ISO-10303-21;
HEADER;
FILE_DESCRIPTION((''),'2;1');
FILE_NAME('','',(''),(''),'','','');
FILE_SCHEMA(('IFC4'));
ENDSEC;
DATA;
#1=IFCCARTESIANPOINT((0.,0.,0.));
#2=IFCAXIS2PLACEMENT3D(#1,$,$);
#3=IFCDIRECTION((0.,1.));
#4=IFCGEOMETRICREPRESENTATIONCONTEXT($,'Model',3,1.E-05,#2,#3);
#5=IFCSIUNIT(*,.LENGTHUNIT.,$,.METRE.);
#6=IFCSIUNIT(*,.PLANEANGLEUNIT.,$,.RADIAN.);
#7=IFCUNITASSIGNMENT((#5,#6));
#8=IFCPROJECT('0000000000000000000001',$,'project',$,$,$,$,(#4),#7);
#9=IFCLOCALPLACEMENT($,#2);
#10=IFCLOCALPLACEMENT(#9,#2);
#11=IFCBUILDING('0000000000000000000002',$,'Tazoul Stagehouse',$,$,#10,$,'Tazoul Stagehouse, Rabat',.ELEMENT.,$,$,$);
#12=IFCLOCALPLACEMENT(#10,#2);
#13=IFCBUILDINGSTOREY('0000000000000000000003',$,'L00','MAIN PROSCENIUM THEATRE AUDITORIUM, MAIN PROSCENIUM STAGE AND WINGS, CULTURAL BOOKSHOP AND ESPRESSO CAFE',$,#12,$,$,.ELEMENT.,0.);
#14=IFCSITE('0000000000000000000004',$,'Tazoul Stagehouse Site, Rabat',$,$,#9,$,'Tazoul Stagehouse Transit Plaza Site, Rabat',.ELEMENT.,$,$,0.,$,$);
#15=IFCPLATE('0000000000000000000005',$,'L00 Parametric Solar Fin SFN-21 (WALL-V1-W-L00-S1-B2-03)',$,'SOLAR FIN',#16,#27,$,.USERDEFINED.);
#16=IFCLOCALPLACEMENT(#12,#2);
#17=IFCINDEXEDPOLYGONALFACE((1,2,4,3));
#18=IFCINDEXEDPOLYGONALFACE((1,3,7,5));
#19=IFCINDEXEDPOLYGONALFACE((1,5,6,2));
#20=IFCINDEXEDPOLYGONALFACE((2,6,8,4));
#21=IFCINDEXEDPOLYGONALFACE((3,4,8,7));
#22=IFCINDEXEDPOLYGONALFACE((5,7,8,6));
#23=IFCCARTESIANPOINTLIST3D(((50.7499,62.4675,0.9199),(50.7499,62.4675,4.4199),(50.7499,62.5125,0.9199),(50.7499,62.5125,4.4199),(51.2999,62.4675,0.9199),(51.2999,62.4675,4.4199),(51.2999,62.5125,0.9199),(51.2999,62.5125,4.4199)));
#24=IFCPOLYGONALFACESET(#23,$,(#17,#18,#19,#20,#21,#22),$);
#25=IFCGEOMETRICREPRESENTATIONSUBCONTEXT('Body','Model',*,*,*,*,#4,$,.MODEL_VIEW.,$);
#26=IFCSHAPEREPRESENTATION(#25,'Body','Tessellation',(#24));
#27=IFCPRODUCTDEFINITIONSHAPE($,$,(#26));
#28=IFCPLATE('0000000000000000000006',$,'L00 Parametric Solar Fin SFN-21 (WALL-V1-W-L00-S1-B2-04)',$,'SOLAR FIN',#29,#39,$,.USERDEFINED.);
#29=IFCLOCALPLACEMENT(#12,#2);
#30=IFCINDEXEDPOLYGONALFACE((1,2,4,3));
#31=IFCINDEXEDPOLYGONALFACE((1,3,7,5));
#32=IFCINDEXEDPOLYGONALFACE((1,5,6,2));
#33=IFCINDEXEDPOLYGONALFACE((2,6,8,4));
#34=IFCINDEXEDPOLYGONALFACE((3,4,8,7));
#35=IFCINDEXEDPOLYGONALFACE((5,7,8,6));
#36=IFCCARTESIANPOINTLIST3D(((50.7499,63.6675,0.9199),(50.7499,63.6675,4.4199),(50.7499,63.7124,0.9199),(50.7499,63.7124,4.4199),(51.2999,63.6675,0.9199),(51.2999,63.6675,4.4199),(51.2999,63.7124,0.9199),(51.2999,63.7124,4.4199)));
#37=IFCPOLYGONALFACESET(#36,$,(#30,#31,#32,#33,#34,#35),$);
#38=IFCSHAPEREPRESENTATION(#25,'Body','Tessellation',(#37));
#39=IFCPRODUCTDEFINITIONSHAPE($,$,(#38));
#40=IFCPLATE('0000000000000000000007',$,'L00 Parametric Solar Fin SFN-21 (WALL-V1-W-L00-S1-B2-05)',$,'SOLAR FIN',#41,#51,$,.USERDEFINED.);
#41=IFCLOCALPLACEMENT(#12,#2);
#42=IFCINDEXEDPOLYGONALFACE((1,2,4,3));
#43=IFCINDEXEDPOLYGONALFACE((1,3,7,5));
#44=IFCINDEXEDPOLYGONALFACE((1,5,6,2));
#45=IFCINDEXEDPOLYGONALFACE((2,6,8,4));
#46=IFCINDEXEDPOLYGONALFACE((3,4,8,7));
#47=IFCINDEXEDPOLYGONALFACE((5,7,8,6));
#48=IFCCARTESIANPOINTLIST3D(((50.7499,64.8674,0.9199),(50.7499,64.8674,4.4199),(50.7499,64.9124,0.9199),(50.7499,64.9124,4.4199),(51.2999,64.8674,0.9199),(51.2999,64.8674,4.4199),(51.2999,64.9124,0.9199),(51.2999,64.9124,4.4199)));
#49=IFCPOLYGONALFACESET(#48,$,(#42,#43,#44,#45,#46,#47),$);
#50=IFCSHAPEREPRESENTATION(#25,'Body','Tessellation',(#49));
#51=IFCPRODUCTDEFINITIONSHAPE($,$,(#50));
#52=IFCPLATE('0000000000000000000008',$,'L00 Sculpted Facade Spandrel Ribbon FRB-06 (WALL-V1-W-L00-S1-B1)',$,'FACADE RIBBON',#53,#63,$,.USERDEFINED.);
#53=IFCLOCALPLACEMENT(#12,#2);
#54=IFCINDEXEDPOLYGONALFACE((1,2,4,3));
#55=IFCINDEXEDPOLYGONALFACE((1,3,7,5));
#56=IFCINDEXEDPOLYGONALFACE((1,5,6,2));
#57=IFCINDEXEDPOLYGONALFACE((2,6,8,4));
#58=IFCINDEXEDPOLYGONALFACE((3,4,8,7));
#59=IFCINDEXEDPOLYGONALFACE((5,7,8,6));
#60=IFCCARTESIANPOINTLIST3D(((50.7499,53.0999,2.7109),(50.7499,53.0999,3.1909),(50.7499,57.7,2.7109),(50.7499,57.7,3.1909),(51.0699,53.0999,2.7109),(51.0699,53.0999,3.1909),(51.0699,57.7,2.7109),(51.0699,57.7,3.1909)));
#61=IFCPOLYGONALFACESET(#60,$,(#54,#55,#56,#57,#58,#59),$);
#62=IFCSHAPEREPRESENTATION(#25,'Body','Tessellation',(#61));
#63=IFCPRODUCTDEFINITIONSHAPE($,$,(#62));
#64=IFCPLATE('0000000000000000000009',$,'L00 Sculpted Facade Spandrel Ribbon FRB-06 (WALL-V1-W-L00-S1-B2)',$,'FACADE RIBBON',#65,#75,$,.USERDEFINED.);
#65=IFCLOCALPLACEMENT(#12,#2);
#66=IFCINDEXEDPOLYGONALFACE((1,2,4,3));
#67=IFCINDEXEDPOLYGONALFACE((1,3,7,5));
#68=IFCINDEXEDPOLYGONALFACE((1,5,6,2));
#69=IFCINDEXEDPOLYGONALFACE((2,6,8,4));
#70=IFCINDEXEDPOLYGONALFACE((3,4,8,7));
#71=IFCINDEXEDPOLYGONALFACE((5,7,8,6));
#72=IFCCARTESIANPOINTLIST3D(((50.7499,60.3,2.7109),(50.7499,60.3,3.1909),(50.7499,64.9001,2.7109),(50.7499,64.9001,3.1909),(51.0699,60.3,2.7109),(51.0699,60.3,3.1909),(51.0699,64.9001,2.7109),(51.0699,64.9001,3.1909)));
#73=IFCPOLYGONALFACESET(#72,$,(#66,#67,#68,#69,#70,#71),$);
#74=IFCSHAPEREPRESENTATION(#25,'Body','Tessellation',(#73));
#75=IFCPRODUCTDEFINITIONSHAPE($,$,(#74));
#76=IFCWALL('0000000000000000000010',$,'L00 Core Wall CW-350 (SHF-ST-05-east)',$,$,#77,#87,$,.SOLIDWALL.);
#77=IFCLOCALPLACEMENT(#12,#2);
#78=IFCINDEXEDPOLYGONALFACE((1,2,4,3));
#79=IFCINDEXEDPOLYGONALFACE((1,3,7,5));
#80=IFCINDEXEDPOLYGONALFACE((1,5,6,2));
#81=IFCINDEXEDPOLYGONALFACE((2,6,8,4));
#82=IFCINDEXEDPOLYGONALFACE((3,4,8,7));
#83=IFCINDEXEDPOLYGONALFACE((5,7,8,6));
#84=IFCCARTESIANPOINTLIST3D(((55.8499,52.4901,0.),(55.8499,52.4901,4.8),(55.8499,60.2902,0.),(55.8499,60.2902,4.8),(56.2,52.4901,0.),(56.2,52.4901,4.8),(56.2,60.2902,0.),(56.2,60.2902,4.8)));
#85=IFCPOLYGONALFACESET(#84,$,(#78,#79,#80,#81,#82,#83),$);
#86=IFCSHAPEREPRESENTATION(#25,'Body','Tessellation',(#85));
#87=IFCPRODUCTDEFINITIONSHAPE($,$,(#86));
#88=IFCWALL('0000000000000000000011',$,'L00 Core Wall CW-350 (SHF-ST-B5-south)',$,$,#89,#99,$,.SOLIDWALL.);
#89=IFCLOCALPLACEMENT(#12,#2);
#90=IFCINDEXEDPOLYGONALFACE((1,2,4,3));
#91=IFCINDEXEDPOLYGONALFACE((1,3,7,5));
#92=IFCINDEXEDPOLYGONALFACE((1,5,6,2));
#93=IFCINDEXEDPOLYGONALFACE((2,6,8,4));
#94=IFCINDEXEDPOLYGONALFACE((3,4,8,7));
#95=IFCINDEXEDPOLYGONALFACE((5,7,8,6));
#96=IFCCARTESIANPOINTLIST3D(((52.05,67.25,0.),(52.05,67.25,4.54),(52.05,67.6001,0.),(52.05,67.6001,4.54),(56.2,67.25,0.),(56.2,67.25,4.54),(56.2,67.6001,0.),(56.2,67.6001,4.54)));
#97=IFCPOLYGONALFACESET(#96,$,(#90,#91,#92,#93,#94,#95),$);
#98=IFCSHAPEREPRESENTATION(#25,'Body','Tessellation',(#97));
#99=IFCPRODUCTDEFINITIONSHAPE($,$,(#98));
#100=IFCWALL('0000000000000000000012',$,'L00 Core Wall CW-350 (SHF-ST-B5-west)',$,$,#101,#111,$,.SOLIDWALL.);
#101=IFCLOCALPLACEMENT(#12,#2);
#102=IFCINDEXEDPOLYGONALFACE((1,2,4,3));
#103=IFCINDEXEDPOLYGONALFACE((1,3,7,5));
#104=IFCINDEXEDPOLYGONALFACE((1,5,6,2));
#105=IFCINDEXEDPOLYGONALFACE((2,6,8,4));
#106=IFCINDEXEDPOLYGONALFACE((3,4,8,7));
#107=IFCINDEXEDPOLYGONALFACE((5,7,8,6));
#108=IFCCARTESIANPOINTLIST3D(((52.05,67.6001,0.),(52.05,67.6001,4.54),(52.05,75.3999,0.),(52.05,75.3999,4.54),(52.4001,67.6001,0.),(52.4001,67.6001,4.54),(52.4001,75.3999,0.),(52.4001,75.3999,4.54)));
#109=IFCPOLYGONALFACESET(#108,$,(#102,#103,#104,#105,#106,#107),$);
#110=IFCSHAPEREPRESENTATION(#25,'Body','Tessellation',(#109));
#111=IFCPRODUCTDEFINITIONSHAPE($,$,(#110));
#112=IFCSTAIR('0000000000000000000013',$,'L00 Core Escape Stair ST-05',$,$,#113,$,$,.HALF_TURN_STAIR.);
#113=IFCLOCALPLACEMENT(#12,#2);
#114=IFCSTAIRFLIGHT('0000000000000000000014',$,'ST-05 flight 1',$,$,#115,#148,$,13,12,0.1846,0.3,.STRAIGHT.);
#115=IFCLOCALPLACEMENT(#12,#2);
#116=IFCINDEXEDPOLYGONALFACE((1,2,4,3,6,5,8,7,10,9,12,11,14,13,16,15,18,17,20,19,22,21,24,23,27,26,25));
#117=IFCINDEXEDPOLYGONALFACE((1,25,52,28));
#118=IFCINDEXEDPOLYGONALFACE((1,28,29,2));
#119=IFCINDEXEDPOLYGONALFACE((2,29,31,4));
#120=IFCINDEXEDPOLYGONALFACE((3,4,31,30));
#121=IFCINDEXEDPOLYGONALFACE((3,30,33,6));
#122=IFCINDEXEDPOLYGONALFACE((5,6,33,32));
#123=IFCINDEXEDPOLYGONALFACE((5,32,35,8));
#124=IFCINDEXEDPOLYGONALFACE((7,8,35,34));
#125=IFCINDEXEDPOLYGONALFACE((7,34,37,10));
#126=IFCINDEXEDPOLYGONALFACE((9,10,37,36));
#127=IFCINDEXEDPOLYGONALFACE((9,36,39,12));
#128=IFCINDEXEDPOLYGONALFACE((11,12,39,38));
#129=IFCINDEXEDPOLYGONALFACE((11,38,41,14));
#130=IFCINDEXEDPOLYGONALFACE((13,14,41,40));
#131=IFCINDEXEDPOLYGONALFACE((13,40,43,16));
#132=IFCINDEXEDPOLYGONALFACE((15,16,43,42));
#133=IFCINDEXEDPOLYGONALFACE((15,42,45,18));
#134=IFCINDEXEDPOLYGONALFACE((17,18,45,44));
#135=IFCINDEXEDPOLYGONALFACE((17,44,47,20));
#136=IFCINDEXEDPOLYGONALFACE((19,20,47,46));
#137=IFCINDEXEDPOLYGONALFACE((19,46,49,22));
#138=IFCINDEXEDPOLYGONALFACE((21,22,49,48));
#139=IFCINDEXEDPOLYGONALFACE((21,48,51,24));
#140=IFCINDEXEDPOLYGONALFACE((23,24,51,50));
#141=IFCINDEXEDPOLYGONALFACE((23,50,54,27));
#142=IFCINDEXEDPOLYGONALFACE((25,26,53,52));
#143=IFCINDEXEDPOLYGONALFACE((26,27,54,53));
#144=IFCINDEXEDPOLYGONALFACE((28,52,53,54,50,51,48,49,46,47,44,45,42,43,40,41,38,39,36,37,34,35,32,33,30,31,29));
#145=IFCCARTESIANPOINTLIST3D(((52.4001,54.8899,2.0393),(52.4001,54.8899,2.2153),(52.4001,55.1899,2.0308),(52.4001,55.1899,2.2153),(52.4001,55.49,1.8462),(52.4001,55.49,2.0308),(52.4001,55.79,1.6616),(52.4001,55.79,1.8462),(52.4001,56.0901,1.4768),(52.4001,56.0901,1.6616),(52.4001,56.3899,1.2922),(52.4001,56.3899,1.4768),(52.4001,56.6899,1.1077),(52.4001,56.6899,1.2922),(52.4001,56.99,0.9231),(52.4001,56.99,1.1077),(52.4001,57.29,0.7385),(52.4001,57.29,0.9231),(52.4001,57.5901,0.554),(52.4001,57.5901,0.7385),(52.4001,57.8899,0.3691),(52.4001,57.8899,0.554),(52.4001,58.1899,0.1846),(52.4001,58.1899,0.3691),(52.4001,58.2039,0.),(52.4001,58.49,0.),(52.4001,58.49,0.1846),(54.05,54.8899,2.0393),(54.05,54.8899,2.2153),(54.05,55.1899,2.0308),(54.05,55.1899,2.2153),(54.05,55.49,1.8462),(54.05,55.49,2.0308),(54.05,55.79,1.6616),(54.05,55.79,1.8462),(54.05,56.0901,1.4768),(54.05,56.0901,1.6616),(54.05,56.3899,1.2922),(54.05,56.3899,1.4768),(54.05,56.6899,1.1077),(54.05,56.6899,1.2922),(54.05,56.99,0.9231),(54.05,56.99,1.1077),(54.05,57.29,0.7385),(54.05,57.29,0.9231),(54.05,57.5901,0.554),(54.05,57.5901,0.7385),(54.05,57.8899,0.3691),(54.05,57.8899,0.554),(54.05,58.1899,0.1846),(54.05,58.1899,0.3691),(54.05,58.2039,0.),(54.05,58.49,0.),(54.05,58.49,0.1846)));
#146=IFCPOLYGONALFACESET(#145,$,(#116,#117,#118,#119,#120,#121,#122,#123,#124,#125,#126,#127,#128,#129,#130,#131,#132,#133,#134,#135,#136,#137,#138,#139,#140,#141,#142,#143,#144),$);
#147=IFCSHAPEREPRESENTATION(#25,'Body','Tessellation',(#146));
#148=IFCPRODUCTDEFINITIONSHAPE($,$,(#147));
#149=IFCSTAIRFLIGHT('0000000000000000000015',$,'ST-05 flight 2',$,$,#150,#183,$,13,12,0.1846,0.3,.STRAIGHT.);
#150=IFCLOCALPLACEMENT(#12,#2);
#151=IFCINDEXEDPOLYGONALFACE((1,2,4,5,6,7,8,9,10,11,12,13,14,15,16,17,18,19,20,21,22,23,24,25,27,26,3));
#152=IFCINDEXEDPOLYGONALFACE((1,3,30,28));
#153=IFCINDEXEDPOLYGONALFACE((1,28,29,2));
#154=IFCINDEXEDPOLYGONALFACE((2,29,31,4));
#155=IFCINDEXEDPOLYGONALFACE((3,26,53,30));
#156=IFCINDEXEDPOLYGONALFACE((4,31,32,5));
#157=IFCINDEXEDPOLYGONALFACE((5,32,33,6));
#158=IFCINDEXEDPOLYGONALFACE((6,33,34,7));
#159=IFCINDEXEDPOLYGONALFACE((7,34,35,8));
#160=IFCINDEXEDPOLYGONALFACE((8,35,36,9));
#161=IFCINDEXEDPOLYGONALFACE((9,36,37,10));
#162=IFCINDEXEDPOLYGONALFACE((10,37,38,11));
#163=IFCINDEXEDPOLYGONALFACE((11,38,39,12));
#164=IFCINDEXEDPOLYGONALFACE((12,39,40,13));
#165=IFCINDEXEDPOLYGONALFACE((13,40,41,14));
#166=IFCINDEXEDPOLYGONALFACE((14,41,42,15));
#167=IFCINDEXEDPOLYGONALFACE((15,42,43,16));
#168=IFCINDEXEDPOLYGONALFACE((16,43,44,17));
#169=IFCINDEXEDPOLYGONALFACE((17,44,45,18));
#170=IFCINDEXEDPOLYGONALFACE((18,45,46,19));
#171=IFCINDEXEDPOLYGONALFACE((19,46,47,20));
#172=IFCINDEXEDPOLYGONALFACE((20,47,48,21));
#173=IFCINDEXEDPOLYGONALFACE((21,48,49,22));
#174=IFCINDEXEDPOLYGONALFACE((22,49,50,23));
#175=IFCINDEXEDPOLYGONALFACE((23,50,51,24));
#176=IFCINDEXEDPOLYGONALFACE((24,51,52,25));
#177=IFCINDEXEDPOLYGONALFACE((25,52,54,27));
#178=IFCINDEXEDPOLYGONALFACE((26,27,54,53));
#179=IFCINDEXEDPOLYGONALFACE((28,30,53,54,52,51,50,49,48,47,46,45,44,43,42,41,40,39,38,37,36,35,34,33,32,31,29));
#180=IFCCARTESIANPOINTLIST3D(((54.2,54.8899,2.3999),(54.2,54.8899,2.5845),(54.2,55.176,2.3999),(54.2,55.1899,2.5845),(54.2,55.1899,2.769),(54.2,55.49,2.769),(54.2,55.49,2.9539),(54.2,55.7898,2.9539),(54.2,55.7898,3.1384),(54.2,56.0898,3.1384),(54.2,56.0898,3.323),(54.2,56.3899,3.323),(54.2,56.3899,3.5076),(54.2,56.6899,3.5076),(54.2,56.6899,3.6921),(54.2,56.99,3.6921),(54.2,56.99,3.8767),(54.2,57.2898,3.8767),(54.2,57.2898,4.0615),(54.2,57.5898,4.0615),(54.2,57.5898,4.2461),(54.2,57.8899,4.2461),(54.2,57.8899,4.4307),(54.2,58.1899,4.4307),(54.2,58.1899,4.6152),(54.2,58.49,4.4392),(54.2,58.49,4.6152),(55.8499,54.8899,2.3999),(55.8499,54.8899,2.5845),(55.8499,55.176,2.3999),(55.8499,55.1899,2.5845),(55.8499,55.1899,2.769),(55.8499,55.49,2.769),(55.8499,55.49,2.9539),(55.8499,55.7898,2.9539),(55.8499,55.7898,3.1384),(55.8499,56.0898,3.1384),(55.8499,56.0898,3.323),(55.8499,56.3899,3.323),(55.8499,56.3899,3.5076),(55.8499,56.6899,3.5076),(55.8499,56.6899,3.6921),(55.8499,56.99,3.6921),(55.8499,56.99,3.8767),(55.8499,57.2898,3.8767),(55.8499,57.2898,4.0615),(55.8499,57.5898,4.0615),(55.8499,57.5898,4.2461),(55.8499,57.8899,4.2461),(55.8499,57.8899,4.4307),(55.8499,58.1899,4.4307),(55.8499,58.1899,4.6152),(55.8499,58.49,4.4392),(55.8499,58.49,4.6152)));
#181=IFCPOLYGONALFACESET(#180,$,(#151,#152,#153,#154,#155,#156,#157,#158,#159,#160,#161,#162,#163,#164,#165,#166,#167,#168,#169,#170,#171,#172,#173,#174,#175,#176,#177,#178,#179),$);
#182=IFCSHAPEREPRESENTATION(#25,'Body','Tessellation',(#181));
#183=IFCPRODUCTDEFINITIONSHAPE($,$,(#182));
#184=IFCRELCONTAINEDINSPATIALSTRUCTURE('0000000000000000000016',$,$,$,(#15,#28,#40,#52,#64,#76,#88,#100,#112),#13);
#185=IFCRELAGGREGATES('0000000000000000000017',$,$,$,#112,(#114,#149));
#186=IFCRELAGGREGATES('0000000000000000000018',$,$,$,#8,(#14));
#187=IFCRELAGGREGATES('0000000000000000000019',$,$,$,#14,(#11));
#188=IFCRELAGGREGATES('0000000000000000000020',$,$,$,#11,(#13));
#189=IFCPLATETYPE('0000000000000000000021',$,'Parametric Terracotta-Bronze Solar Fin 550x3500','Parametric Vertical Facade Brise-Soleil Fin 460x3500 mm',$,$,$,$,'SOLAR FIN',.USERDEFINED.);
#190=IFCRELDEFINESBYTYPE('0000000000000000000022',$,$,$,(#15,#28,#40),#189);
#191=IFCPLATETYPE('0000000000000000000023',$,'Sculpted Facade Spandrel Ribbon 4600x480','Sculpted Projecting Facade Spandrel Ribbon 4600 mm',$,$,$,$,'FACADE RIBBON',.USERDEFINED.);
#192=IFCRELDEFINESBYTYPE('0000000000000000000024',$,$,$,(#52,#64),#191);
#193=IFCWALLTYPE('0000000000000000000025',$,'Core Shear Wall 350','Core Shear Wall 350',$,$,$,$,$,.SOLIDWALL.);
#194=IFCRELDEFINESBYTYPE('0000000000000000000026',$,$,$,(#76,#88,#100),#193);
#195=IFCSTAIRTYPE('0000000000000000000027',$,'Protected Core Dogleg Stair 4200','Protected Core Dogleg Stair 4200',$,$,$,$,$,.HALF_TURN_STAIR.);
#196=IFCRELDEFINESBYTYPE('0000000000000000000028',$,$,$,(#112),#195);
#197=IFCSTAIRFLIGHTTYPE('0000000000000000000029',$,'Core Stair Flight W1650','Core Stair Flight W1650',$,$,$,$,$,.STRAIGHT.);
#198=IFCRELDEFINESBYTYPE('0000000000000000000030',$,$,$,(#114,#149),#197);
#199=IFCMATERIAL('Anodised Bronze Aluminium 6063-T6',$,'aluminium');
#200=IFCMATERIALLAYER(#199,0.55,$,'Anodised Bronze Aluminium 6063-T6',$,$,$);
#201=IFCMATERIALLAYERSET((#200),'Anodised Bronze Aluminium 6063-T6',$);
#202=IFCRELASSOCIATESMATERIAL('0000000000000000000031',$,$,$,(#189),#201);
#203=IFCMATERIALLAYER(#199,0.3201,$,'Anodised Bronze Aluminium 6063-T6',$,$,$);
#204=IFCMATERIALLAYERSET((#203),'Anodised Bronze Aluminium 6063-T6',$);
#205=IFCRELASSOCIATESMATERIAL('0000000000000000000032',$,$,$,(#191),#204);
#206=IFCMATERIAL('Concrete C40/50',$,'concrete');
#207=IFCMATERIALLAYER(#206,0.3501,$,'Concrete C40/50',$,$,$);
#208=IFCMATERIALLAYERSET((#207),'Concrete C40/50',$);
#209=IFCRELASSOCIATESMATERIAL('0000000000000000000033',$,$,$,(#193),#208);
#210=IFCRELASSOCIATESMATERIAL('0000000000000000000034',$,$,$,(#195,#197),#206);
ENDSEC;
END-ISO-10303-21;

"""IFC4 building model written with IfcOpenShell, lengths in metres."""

from ifc_helpers import new_model, si_unit, direction, frame, frame_2d, origin, origin_2d, place, context, subcontext, project, spatial, polyline, rectangle, outline, extrude, material, layer, layer_set, type_object, element, aggregate, save


model = new_model("IFC4")

# Units and contexts
model_context = context("Model", 3, precision=1e-05, world=origin(), true_north=direction((0.0, 1.0)))
body_context = subcontext(model_context, "Body", "Model", "MODEL_VIEW")
ifc_project = project(units=[si_unit("LENGTHUNIT", "METRE"), si_unit("PLANEANGLEUNIT", "RADIAN")], contexts=[model_context])

# Site, building, storey
site_placement = place(None, origin())
site = spatial("IfcSite", under=ifc_project, at=site_placement, Name="Tazoul Stagehouse Site, Rabat", LongName="Tazoul Stagehouse Transit Plaza Site, Rabat", CompositionType="ELEMENT", RefElevation=0.0)
building_placement = place(site_placement, origin())
building = spatial("IfcBuilding", under=site, at=building_placement, Name="Tazoul Stagehouse", LongName="Tazoul Stagehouse, Rabat", CompositionType="ELEMENT")
storey_placement = place(building_placement, origin())
storey = spatial("IfcBuildingStorey", under=building, at=storey_placement, Name="L00", Description="MAIN PROSCENIUM THEATRE AUDITORIUM, MAIN PROSCENIUM STAGE AND WINGS, CULTURAL BOOKSHOP AND ESPRESSO CAFE", CompositionType="ELEMENT", Elevation=0.0)

# Shared definitions
ifc_material_1 = material(Name="Concrete C40/50", Category="concrete")

# Plates
ifc_material_2 = material(Name="Anodised Bronze Aluminium 6063-T6", Category="aluminium")
ifc_layer_1 = layer(ifc_material_2, 0.55, Name="Anodised Bronze Aluminium 6063-T6")
ifc_layer_set_1 = layer_set([ifc_layer_1], Name="Anodised Bronze Aluminium 6063-T6")
plate_type_1 = type_object("IfcPlateType", Name="Parametric Terracotta-Bronze Solar Fin 550x3500", Description="Parametric Vertical Facade Brise-Soleil Fin 460x3500 mm", ElementType="SOLAR FIN", PredefinedType="USERDEFINED", material=ifc_layer_set_1)
for number, where, z_axis, x_axis, name in (
    (1, (51.0249, 62.49, 0.9199), (0.0, 0.0, 1.0), (0.0, 1.0, 0.0), "L00 Parametric Solar Fin SFN-21 (WALL-V1-W-L00-S1-B2-03)"),
    (2, (51.0249, 63.6899, 0.9199), (0.0, 0.0, 1.0), (0.0, 1.0, 0.0), "L00 Parametric Solar Fin SFN-21 (WALL-V1-W-L00-S1-B2-04)"),
    (3, (51.0249, 64.8899, 0.9199), (0.0, 0.0, 1.0), (0.0, 1.0, 0.0), "L00 Parametric Solar Fin SFN-21 (WALL-V1-W-L00-S1-B2-05)"),
):
    element("IfcPlate", number, at=place(storey_placement, frame(where, z_axis=z_axis, x_axis=x_axis)), inside=storey, type_object=plate_type_1, Name=name, ObjectType="SOLAR FIN", PredefinedType="USERDEFINED", context=body_context, shape_type="SweptSolid", body=[
        extrude(rectangle(XDim=0.0449, YDim=0.55, at=origin_2d()), origin(), (0.0, 0.0, 1.0), 3.5),
    ])
ifc_layer_2 = layer(ifc_material_2, 0.3201, Name="Anodised Bronze Aluminium 6063-T6")
ifc_layer_set_2 = layer_set([ifc_layer_2], Name="Anodised Bronze Aluminium 6063-T6")
plate_type_2 = type_object("IfcPlateType", Name="Sculpted Facade Spandrel Ribbon 4600x480", Description="Sculpted Projecting Facade Spandrel Ribbon 4600 mm", ElementType="FACADE RIBBON", PredefinedType="USERDEFINED", material=ifc_layer_set_2)
for number, where, z_axis, x_axis, name in (
    (4, (50.9099, 55.3999, 2.7109), (0.0, 0.0, 1.0), (0.0, 1.0, 0.0), "L00 Sculpted Facade Spandrel Ribbon FRB-06 (WALL-V1-W-L00-S1-B1)"),
    (5, (50.9099, 62.6001, 2.7109), (0.0, 0.0, 1.0), (0.0, 1.0, 0.0), "L00 Sculpted Facade Spandrel Ribbon FRB-06 (WALL-V1-W-L00-S1-B2)"),
):
    element("IfcPlate", number, at=place(storey_placement, frame(where, z_axis=z_axis, x_axis=x_axis)), inside=storey, type_object=plate_type_2, Name=name, ObjectType="FACADE RIBBON", PredefinedType="USERDEFINED", context=body_context, shape_type="SweptSolid", body=[
        extrude(rectangle(XDim=4.6001, YDim=0.3201, at=origin_2d()), origin(), (0.0, 0.0, 1.0), 0.48),
    ])

# Shared definitions
ifc_layer_3 = layer(ifc_material_1, 0.3501, Name="Concrete C40/50")
ifc_layer_set_3 = layer_set([ifc_layer_3], Name="Concrete C40/50")
wall_type = type_object("IfcWallType", Name="Core Shear Wall 350", Description="Core Shear Wall 350", PredefinedType="SOLIDWALL", material=ifc_layer_set_3)

# Walls
wall_1_placement = place(storey_placement, frame((56.0249, 60.29, 0.0), z_axis=(0.0, 0.0, 1.0), x_axis=(0.0, -1.0, 0.0)))
element("IfcWall", 6, at=wall_1_placement, inside=storey, type_object=wall_type, Name="L00 Core Wall CW-350 (SHF-ST-05-east)", PredefinedType="SOLIDWALL", context=body_context, shape_type="SweptSolid", body=[
    extrude(rectangle(XDim=7.8, YDim=0.3501, at=frame_2d((3.8999, 0.0))), origin(), (0.0, 0.0, 1.0), 4.8),
])
wall_2_placement = place(storey_placement, frame((56.2, 67.425, 0.0), z_axis=(0.0, 0.0, 1.0), x_axis=(-1.0, 0.0, 0.0)))
element("IfcWall", 7, at=wall_2_placement, inside=storey, type_object=wall_type, Name="L00 Core Wall CW-350 (SHF-ST-B5-south)", PredefinedType="SOLIDWALL", context=body_context, shape_type="SweptSolid", body=[
    extrude(rectangle(XDim=4.1499, YDim=0.3501, at=frame_2d((2.075, 0.0))), origin(), (0.0, 0.0, 1.0), 4.54),
])
wall_3_placement = place(storey_placement, frame((52.2251, 67.6001, 0.0), z_axis=(0.0, 0.0, 1.0), x_axis=(0.0, 1.0, 0.0)))
element("IfcWall", 8, at=wall_3_placement, inside=storey, type_object=wall_type, Name="L00 Core Wall CW-350 (SHF-ST-B5-west)", PredefinedType="SOLIDWALL", context=body_context, shape_type="SweptSolid", body=[
    extrude(rectangle(XDim=7.7998, YDim=0.3501, at=frame_2d((3.8999, 0.0))), origin(), (0.0, 0.0, 1.0), 4.54),
])

# Stair, stair flights
stair_type = type_object("IfcStairType", Name="Protected Core Dogleg Stair 4200", Description="Protected Core Dogleg Stair 4200", PredefinedType="HALF_TURN_STAIR", material=ifc_material_1)
stair_placement = place(storey_placement, origin())
stair = element("IfcStair", 9, at=stair_placement, inside=storey, type_object=stair_type, Name="L00 Core Escape Stair ST-05", PredefinedType="HALF_TURN_STAIR")
stair_flight_type = type_object("IfcStairFlightType", Name="Core Stair Flight W1650", Description="Core Stair Flight W1650", PredefinedType="STRAIGHT", material=ifc_material_1)
stair_flight_1_placement = place(storey_placement, frame((53.2251, 58.49, 0.0), z_axis=(0.0, 0.0, 1.0), x_axis=(0.0, -1.0, 0.0)))
stair_flight_1 = element("IfcStairFlight", 10, at=stair_flight_1_placement, type_object=stair_flight_type, Name="ST-05 flight 1", NumberOfRisers=13, NumberOfTreads=12, PredefinedType="STRAIGHT", RiserHeight=0.1846, TreadLength=0.3, context=body_context, shape_type="SweptSolid", body=[
    extrude(outline(polyline([(0.0, 0.0), (0.0, 0.1846), (0.3, 0.1846), (0.3, 0.3691), (0.6001, 0.3691), (0.6001, 0.554), (0.8999, 0.554), (0.8999, 0.7385), (1.2, 0.7385), (1.2, 0.9231), (1.5, 0.9231), (1.5, 1.1077), (1.8, 1.1077), (1.8, 1.2922), (2.1001, 1.2922), (2.1001, 1.4768), (2.3999, 1.4768), (2.3999, 1.6616), (2.7, 1.6616), (2.7, 1.8462), (3.0, 1.8462), (3.0, 2.0308), (3.3, 2.0308), (3.3, 2.2153), (3.6001, 2.2153), (3.6001, 2.3999), (3.6001, 2.0393), (0.2861, 0.0), (0.0, 0.0)])), frame((0.0, 0.825, 0.0), z_axis=(0.0, -1.0, 0.0), x_axis=(1.0, 0.0, 0.0)), (0.0, 0.0, 1.0), 1.6499),
])
stair_flight_2_placement = place(storey_placement, frame((55.0249, 54.8899, 2.3999), z_axis=(0.0, 0.0, 1.0), x_axis=(0.0, 1.0, 0.0)))
stair_flight_2 = element("IfcStairFlight", 11, at=stair_flight_2_placement, type_object=stair_flight_type, Name="ST-05 flight 2", NumberOfRisers=13, NumberOfTreads=12, PredefinedType="STRAIGHT", RiserHeight=0.1846, TreadLength=0.3, context=body_context, shape_type="SweptSolid", body=[
    extrude(outline(polyline([(0.0, 0.0), (0.0, 0.1846), (0.3, 0.1846), (0.3, 0.3691), (0.6001, 0.3691), (0.6001, 0.554), (0.8999, 0.554), (0.8999, 0.7385), (1.2, 0.7385), (1.2, 0.9231), (1.5, 0.9231), (1.5, 1.1077), (1.8, 1.1077), (1.8, 1.2922), (2.1001, 1.2922), (2.1001, 1.4768), (2.3999, 1.4768), (2.3999, 1.6616), (2.7, 1.6616), (2.7, 1.8462), (3.0, 1.8462), (3.0, 2.0308), (3.3, 2.0308), (3.3, 2.2153), (3.6001, 2.2153), (3.6001, 2.3999), (3.6001, 2.0393), (0.2861, 0.0), (0.0, 0.0)])), frame((0.0, 0.825, 0.0), z_axis=(0.0, -1.0, 0.0), x_axis=(1.0, 0.0, 0.0)), (0.0, 0.0, 1.0), 1.6499),
])
aggregate(stair, [stair_flight_1, stair_flight_2])

save(model, "model.ifc")
